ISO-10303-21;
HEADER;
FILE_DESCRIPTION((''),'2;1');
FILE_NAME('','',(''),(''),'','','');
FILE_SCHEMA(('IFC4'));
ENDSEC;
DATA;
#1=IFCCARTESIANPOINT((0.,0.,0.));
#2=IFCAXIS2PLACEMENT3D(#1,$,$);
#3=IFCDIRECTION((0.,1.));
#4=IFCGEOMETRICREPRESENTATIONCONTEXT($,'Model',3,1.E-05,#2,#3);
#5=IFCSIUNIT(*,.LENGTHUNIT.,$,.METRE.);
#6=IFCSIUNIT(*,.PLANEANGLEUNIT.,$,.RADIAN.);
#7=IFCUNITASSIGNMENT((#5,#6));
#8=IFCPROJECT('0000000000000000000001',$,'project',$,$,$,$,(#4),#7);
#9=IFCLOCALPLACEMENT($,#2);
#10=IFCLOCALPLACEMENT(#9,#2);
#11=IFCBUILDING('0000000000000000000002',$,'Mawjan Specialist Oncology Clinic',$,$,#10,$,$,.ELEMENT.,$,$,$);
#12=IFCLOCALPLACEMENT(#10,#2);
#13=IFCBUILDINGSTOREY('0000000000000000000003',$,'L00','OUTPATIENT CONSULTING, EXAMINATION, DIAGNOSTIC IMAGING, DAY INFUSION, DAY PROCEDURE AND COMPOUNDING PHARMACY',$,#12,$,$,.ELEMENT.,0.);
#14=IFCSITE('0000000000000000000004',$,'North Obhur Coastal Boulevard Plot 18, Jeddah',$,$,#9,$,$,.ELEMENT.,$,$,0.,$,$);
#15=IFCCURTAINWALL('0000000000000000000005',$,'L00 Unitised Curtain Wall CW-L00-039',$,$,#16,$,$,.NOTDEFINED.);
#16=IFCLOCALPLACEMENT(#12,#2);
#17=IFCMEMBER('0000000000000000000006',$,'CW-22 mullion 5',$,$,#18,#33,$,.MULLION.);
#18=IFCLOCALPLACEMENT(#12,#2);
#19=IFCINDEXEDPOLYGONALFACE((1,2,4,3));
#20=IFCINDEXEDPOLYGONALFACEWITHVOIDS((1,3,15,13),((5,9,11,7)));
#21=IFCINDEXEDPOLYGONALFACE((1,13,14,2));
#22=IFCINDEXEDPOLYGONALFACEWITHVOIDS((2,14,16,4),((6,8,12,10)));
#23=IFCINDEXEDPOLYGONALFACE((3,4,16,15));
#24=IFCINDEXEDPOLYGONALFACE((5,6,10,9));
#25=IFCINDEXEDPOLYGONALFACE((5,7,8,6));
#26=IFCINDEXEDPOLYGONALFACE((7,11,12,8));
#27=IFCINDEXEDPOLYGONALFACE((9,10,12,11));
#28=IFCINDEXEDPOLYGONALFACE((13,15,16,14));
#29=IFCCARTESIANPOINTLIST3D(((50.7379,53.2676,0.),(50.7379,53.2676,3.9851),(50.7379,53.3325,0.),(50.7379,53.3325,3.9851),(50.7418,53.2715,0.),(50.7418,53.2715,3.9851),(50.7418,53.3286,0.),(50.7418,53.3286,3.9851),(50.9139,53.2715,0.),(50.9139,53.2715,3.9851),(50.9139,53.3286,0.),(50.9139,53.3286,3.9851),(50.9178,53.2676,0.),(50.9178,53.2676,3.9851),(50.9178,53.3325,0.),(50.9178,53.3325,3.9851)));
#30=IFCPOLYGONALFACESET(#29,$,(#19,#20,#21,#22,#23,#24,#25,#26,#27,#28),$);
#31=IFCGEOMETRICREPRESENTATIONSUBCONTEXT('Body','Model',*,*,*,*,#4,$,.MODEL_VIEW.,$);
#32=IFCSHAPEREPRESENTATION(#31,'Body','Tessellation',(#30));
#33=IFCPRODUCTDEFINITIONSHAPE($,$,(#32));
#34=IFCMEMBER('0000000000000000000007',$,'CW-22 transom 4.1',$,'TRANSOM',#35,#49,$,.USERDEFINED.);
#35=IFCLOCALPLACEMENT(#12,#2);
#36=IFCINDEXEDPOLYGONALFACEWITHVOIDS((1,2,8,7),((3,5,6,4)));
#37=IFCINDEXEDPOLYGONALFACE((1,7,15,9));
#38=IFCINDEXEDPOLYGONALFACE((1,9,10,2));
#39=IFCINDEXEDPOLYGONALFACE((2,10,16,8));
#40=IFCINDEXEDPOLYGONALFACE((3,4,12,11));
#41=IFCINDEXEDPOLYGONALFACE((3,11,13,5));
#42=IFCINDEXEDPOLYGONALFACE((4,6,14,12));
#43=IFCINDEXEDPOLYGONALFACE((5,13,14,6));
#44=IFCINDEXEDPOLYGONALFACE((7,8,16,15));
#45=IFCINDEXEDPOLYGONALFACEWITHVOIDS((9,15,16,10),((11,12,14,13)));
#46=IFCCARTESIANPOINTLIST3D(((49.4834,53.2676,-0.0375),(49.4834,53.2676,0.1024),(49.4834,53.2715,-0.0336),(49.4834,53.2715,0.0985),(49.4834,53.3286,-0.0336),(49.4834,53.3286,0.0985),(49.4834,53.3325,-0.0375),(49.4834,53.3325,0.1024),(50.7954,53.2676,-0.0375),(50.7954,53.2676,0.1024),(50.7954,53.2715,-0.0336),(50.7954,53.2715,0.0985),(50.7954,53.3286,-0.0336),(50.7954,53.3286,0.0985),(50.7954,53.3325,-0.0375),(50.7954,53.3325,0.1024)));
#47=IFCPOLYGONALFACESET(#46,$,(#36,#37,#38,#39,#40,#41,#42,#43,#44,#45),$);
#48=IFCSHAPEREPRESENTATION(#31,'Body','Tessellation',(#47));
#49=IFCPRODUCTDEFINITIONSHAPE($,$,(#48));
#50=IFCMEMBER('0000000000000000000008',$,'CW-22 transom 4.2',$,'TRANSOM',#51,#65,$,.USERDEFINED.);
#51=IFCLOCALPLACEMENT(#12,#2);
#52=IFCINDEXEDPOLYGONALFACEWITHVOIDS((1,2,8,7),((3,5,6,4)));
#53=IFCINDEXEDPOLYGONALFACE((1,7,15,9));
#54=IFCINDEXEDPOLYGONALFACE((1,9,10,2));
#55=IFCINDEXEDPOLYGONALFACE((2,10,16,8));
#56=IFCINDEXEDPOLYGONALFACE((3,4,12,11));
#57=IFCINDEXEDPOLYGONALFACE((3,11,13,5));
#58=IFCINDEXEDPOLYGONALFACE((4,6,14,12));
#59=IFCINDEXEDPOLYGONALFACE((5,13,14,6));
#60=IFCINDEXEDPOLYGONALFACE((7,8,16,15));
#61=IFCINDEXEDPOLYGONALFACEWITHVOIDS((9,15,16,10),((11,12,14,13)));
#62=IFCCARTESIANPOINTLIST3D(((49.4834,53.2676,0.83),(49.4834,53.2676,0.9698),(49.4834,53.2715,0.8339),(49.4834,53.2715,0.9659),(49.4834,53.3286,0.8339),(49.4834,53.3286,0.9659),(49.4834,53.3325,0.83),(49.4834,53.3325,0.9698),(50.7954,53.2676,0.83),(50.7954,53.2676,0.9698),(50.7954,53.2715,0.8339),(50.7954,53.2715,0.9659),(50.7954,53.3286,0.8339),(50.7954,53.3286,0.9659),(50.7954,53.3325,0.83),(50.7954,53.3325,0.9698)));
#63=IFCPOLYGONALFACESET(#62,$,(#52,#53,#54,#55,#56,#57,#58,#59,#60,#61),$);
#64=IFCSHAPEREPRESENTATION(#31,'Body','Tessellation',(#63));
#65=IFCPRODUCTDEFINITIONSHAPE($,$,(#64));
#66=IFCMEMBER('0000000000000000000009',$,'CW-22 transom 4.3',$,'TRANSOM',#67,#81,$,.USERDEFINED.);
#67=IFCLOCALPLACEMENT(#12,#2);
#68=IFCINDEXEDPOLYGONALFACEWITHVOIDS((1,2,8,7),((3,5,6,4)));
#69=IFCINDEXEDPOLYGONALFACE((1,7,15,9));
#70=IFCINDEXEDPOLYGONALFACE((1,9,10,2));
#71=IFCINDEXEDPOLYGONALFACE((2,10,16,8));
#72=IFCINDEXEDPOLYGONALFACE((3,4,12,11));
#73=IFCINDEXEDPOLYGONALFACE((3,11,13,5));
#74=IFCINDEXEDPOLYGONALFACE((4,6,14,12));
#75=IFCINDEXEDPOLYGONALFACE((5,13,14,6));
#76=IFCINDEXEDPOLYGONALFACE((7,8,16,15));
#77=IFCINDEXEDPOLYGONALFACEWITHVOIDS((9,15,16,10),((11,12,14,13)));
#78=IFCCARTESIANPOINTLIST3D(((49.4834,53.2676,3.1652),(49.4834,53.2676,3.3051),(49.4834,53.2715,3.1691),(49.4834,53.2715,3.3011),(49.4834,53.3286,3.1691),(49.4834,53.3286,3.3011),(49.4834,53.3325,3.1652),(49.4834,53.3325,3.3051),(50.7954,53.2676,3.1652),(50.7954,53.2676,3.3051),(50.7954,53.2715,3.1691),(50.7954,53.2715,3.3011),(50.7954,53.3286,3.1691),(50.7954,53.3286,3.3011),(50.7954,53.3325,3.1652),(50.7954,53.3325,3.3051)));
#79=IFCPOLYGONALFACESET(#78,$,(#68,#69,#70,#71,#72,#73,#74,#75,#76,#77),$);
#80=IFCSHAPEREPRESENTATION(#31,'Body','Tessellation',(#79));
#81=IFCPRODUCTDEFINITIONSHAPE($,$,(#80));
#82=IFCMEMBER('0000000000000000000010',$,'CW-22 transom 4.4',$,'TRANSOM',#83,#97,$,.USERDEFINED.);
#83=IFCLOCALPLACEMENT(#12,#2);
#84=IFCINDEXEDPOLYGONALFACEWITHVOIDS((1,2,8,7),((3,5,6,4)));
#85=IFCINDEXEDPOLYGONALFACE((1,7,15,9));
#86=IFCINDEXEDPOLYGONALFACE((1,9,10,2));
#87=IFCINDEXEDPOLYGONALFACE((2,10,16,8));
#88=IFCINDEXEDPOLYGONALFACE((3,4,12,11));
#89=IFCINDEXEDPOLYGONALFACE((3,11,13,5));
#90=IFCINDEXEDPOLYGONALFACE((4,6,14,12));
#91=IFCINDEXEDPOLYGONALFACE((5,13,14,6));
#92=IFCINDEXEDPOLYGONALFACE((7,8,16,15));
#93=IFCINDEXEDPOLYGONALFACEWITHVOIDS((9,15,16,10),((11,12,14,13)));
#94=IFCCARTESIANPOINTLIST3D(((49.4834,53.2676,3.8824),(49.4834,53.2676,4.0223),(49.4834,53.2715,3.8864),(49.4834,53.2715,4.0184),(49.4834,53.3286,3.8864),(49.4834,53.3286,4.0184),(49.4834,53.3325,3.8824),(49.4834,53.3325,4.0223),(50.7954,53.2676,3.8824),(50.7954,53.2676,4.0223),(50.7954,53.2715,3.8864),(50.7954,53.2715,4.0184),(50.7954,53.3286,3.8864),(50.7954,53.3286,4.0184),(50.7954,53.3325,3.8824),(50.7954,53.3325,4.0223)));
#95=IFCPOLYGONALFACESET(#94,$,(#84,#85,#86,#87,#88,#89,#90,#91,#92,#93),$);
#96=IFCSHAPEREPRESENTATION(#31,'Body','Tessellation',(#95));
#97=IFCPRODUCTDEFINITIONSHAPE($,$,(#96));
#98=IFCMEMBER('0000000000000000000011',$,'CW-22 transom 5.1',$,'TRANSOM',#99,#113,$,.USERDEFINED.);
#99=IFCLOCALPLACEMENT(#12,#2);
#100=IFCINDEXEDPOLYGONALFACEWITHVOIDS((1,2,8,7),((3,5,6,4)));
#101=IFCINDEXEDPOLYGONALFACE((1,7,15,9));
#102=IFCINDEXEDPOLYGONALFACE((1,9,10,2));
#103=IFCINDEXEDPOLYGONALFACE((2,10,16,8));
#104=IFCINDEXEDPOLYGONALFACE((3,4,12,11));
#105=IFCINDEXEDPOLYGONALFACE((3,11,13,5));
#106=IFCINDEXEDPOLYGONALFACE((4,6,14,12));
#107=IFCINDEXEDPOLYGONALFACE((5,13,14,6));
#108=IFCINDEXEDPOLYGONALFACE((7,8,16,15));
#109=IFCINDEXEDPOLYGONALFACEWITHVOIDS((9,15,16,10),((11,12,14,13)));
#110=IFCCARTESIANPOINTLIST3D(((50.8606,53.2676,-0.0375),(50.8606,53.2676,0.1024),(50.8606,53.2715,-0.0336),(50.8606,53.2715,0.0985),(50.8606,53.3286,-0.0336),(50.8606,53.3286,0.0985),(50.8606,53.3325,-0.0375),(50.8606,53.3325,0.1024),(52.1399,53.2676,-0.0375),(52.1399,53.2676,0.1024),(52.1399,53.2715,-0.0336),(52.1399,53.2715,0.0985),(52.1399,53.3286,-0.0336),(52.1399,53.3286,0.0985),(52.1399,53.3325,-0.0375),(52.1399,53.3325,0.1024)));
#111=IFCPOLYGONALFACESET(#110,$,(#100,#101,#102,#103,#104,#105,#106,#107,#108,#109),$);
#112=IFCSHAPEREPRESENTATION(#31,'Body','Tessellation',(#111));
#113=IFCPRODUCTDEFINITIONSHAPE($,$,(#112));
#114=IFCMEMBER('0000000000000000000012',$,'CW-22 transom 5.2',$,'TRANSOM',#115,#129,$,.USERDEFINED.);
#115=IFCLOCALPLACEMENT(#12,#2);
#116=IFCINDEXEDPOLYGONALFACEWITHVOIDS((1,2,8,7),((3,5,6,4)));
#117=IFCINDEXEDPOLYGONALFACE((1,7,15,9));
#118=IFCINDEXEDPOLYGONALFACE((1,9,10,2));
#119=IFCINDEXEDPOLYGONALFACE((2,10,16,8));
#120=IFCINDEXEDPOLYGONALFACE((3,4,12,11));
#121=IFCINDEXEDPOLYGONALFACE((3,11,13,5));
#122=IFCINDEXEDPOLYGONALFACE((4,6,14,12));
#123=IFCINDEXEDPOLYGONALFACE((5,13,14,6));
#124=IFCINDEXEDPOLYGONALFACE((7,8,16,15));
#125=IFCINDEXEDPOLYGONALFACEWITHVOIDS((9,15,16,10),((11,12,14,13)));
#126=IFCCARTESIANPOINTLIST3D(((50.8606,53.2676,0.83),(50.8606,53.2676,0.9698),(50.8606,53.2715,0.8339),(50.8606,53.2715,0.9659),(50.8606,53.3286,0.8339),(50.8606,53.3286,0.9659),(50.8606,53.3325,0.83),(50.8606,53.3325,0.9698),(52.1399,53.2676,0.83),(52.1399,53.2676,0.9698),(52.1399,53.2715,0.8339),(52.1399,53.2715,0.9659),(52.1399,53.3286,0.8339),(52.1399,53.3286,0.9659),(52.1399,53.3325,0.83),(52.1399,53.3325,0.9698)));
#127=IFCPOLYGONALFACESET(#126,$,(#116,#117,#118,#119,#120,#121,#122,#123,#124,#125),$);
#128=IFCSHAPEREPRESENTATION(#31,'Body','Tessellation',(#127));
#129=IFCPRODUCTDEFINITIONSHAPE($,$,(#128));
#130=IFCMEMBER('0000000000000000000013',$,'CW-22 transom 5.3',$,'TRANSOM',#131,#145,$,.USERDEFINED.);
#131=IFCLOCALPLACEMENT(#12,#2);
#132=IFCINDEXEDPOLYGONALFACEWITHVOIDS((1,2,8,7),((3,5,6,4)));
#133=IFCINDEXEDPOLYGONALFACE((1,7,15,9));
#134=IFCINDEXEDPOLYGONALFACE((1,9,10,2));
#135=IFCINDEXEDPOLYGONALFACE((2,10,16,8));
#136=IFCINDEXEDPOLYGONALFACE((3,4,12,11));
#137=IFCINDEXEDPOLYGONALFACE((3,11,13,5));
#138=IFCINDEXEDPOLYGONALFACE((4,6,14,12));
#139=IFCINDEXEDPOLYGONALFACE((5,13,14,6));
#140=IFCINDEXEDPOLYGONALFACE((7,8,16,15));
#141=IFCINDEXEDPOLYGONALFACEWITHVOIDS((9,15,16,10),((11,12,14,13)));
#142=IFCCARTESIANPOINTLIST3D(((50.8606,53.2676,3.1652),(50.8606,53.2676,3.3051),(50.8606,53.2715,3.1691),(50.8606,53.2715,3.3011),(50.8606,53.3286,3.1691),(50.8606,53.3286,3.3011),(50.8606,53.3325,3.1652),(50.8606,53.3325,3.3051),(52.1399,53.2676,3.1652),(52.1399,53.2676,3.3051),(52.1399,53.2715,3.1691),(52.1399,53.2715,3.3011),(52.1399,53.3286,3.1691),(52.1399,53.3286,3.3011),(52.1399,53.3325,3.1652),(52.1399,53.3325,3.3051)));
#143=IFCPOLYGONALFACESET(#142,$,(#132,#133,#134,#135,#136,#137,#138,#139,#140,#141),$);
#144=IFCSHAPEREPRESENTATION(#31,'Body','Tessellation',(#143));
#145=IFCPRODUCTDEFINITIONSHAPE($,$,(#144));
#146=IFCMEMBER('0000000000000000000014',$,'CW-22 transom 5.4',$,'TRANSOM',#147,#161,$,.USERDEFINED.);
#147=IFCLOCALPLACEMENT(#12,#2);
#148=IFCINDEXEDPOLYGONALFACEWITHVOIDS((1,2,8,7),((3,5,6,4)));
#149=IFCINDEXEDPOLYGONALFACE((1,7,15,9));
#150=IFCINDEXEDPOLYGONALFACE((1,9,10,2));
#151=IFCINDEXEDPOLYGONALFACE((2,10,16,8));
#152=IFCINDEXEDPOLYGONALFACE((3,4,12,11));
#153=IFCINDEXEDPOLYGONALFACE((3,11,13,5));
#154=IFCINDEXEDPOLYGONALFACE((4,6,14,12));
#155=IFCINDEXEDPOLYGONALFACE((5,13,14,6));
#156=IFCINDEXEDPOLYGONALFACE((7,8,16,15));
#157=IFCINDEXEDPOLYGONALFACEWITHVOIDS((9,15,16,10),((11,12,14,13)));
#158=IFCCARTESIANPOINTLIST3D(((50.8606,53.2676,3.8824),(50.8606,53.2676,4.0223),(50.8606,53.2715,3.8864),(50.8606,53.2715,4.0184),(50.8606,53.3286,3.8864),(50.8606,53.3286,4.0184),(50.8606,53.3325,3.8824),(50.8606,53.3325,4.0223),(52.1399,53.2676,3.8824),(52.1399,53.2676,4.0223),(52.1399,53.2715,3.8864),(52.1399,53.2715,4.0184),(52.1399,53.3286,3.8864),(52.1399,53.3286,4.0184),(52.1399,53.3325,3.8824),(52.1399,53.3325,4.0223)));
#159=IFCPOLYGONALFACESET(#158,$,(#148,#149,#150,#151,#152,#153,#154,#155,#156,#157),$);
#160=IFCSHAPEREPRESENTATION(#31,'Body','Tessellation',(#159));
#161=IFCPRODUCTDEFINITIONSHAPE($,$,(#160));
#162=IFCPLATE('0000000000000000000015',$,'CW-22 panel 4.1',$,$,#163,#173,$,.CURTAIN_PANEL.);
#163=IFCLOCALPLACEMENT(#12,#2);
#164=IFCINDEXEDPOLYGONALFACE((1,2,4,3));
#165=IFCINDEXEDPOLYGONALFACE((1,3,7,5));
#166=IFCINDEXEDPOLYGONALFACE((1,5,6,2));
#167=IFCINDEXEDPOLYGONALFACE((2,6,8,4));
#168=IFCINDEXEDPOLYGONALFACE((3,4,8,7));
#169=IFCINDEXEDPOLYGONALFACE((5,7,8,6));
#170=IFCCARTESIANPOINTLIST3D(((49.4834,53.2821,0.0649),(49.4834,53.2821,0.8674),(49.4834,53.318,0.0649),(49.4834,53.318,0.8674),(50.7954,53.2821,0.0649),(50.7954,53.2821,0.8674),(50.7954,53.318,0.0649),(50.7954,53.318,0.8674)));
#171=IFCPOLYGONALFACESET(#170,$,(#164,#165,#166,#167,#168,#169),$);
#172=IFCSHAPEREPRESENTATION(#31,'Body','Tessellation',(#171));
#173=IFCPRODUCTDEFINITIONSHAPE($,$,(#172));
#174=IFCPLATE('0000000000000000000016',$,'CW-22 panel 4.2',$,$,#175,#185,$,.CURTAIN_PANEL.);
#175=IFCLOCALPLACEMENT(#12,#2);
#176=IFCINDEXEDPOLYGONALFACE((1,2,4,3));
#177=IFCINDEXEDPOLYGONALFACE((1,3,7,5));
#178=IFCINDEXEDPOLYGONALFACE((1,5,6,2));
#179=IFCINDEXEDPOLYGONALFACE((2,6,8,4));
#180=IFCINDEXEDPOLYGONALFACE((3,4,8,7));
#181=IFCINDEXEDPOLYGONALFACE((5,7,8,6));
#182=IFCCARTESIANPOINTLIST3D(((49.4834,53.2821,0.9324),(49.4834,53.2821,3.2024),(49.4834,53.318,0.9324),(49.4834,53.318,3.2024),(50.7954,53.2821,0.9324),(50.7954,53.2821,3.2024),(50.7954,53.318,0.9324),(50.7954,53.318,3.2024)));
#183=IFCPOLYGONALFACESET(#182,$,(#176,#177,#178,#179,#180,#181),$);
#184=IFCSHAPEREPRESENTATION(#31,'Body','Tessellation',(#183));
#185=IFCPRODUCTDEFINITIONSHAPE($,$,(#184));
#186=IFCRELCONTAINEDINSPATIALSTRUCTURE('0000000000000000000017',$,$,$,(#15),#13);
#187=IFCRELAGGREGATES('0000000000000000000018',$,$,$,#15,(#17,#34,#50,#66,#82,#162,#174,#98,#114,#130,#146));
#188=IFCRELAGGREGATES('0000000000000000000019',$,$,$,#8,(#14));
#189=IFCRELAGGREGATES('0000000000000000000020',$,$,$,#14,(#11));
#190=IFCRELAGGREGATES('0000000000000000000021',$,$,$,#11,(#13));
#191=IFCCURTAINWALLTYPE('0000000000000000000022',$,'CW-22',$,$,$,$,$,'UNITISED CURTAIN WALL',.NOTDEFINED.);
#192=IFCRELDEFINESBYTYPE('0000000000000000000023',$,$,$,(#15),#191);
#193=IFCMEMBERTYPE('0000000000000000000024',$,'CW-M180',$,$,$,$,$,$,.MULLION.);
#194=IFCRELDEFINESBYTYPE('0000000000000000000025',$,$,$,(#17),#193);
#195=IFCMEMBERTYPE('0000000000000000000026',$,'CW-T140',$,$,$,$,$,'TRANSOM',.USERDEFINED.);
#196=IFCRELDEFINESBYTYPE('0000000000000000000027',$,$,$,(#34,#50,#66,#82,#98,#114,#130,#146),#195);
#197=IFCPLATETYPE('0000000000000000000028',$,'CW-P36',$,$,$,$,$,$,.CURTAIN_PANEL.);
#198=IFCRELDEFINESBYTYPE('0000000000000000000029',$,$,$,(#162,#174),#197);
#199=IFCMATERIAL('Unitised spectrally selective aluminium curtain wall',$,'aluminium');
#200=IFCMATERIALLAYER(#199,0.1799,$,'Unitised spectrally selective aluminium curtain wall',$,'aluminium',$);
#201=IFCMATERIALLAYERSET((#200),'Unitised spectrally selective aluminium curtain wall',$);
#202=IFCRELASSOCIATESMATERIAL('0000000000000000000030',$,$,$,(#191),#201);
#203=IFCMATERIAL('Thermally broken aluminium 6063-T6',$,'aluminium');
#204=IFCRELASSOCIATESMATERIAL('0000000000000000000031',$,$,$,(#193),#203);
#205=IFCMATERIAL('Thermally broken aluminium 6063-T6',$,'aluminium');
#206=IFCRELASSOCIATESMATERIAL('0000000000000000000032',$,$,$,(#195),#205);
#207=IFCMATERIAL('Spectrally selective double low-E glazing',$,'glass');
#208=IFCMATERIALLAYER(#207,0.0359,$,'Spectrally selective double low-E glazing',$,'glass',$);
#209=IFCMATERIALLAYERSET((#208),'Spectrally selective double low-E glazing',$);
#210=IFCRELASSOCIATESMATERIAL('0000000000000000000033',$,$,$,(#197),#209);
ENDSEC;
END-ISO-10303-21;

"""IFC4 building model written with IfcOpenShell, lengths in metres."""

from ifc_helpers import new_model, si_unit, direction, frame, origin, origin_2d, place, context, subcontext, project, spatial, rectangle, hollow_rectangle, extrude, material, layer, layer_set, material_profile, profile_set, type_object, element, aggregate, save


model = new_model("IFC4")

# Units and contexts
model_context = context("Model", 3, precision=1e-05, world=origin(), true_north=direction((0.0, 1.0)))
body_context = subcontext(model_context, "Body", "Model", "MODEL_VIEW")
ifc_project = project(units=[si_unit("LENGTHUNIT", "METRE"), si_unit("PLANEANGLEUNIT", "RADIAN")], contexts=[model_context])

# Site, building, storey
site_placement = place(None, origin())
site = spatial("IfcSite", under=ifc_project, at=site_placement, Name="North Obhur Coastal Boulevard Plot 18, Jeddah", CompositionType="ELEMENT", RefElevation=0.0)
building_placement = place(site_placement, origin())
building = spatial("IfcBuilding", under=site, at=building_placement, Name="Mawjan Specialist Oncology Clinic", CompositionType="ELEMENT")
storey_placement = place(building_placement, origin())
storey = spatial("IfcBuildingStorey", under=building, at=storey_placement, Name="L00", Description="OUTPATIENT CONSULTING, EXAMINATION, DIAGNOSTIC IMAGING, DAY INFUSION, DAY PROCEDURE AND COMPOUNDING PHARMACY", CompositionType="ELEMENT", Elevation=0.0)

# Curtain wall, members, plates
ifc_material_1 = material(Name="Unitised spectrally selective aluminium curtain wall", Category="aluminium")
ifc_layer_1 = layer(ifc_material_1, 0.1799, Name="Unitised spectrally selective aluminium curtain wall", Category="aluminium")
ifc_layer_set_1 = layer_set([ifc_layer_1], Name="Unitised spectrally selective aluminium curtain wall")
curtain_wall_type = type_object("IfcCurtainWallType", Name="CW-22", ElementType="UNITISED CURTAIN WALL", PredefinedType="NOTDEFINED", material=ifc_layer_set_1)
curtain_wall_placement = place(storey_placement, origin())
curtain_wall = element("IfcCurtainWall", 1, at=curtain_wall_placement, inside=storey, type_object=curtain_wall_type, Name="L00 Unitised Curtain Wall CW-L00-039", PredefinedType="NOTDEFINED")
ifc_material_2 = material(Name="Thermally broken aluminium 6063-T6", Category="aluminium")
ifc_material_profile_1 = material_profile(ifc_material_2, hollow_rectangle(XDim=0.0649, YDim=0.1799, WallThickness=0.0039, at=origin_2d()), Name="ALU MULLION 180x65x4", Category="aluminium")
ifc_profile_set_1 = profile_set([ifc_material_profile_1], Name="Thermally broken aluminium 6063-T6")
member_type_1 = type_object("IfcMemberType", Name="CW-M180", PredefinedType="MULLION", material=ifc_profile_set_1)
member_1_placement = place(storey_placement, frame((50.8279, 53.3, 0.0), z_axis=(0.0, 0.0, 1.0), x_axis=(0.0, 1.0, 0.0)))
member_1 = element("IfcMember", 2, at=member_1_placement, type_object=member_type_1, Name="CW-22 mullion 5", PredefinedType="MULLION", context=body_context, shape_type="SweptSolid", body=[
    extrude(hollow_rectangle(XDim=0.0649, YDim=0.1799, WallThickness=0.0039, at=origin_2d()), origin(), (0.0, 0.0, 1.0), 3.9851),
])
ifc_material_3 = material(Name="Thermally broken aluminium 6063-T6", Category="aluminium")
ifc_material_profile_2 = material_profile(ifc_material_3, hollow_rectangle(XDim=0.0649, YDim=0.1399, WallThickness=0.0039, at=origin_2d()), Name="ALU TRANSOM 140x65x4", Category="aluminium")
ifc_profile_set_2 = profile_set([ifc_material_profile_2], Name="Thermally broken aluminium 6063-T6")
member_type_2 = type_object("IfcMemberType", Name="CW-T140", ElementType="TRANSOM", PredefinedType="USERDEFINED", material=ifc_profile_set_2)
member_2_placement = place(storey_placement, frame((49.4834, 53.3, 0.0325), z_axis=(1.0, 0.0, 0.0), x_axis=(0.0, 1.0, 0.0)))
member_2 = element("IfcMember", 3, at=member_2_placement, type_object=member_type_2, Name="CW-22 transom 4.1", ObjectType="TRANSOM", PredefinedType="USERDEFINED", context=body_context, shape_type="SweptSolid", body=[
    extrude(hollow_rectangle(XDim=0.0649, YDim=0.1399, WallThickness=0.0039, at=origin_2d()), origin(), (0.0, 0.0, 1.0), 1.312),
])
member_3_placement = place(storey_placement, frame((49.4834, 53.3, 0.8999), z_axis=(1.0, 0.0, 0.0), x_axis=(0.0, 1.0, 0.0)))
member_3 = element("IfcMember", 4, at=member_3_placement, type_object=member_type_2, Name="CW-22 transom 4.2", ObjectType="TRANSOM", PredefinedType="USERDEFINED", context=body_context, shape_type="SweptSolid", body=[
    extrude(hollow_rectangle(XDim=0.0649, YDim=0.1399, WallThickness=0.0039, at=origin_2d()), origin(), (0.0, 0.0, 1.0), 1.312),
])
member_4_placement = place(storey_placement, frame((49.4834, 53.3, 3.2351), z_axis=(1.0, 0.0, 0.0), x_axis=(0.0, 1.0, 0.0)))
member_4 = element("IfcMember", 5, at=member_4_placement, type_object=member_type_2, Name="CW-22 transom 4.3", ObjectType="TRANSOM", PredefinedType="USERDEFINED", context=body_context, shape_type="SweptSolid", body=[
    extrude(hollow_rectangle(XDim=0.0649, YDim=0.1399, WallThickness=0.0039, at=origin_2d()), origin(), (0.0, 0.0, 1.0), 1.312),
])
member_5_placement = place(storey_placement, frame((49.4834, 53.3, 3.9524), z_axis=(1.0, 0.0, 0.0), x_axis=(0.0, 1.0, 0.0)))
member_5 = element("IfcMember", 6, at=member_5_placement, type_object=member_type_2, Name="CW-22 transom 4.4", ObjectType="TRANSOM", PredefinedType="USERDEFINED", context=body_context, shape_type="SweptSolid", body=[
    extrude(hollow_rectangle(XDim=0.0649, YDim=0.1399, WallThickness=0.0039, at=origin_2d()), origin(), (0.0, 0.0, 1.0), 1.312),
])
member_6_placement = place(storey_placement, frame((50.8606, 53.3, 0.0325), z_axis=(1.0, 0.0, 0.0), x_axis=(0.0, 1.0, 0.0)))
member_6 = element("IfcMember", 7, at=member_6_placement, type_object=member_type_2, Name="CW-22 transom 5.1", ObjectType="TRANSOM", PredefinedType="USERDEFINED", context=body_context, shape_type="SweptSolid", body=[
    extrude(hollow_rectangle(XDim=0.0649, YDim=0.1399, WallThickness=0.0039, at=origin_2d()), origin(), (0.0, 0.0, 1.0), 1.2793),
])
member_7_placement = place(storey_placement, frame((50.8606, 53.3, 0.8999), z_axis=(1.0, 0.0, 0.0), x_axis=(0.0, 1.0, 0.0)))
member_7 = element("IfcMember", 8, at=member_7_placement, type_object=member_type_2, Name="CW-22 transom 5.2", ObjectType="TRANSOM", PredefinedType="USERDEFINED", context=body_context, shape_type="SweptSolid", body=[
    extrude(hollow_rectangle(XDim=0.0649, YDim=0.1399, WallThickness=0.0039, at=origin_2d()), origin(), (0.0, 0.0, 1.0), 1.2793),
])
member_8_placement = place(storey_placement, frame((50.8606, 53.3, 3.2351), z_axis=(1.0, 0.0, 0.0), x_axis=(0.0, 1.0, 0.0)))
member_8 = element("IfcMember", 9, at=member_8_placement, type_object=member_type_2, Name="CW-22 transom 5.3", ObjectType="TRANSOM", PredefinedType="USERDEFINED", context=body_context, shape_type="SweptSolid", body=[
    extrude(hollow_rectangle(XDim=0.0649, YDim=0.1399, WallThickness=0.0039, at=origin_2d()), origin(), (0.0, 0.0, 1.0), 1.2793),
])
member_9_placement = place(storey_placement, frame((50.8606, 53.3, 3.9524), z_axis=(1.0, 0.0, 0.0), x_axis=(0.0, 1.0, 0.0)))
member_9 = element("IfcMember", 10, at=member_9_placement, type_object=member_type_2, Name="CW-22 transom 5.4", ObjectType="TRANSOM", PredefinedType="USERDEFINED", context=body_context, shape_type="SweptSolid", body=[
    extrude(hollow_rectangle(XDim=0.0649, YDim=0.1399, WallThickness=0.0039, at=origin_2d()), origin(), (0.0, 0.0, 1.0), 1.2793),
])
ifc_material_4 = material(Name="Spectrally selective double low-E glazing", Category="glass")
ifc_layer_2 = layer(ifc_material_4, 0.0359, Name="Spectrally selective double low-E glazing", Category="glass")
ifc_layer_set_2 = layer_set([ifc_layer_2], Name="Spectrally selective double low-E glazing")
plate_type = type_object("IfcPlateType", Name="CW-P36", PredefinedType="CURTAIN_PANEL", material=ifc_layer_set_2)
plate_1_placement = place(storey_placement, frame((50.1394, 53.3, 0.0649), z_axis=(0.0, 0.0, 1.0), x_axis=(1.0, 0.0, 0.0)))
plate_1 = element("IfcPlate", 11, at=plate_1_placement, type_object=plate_type, Name="CW-22 panel 4.1", PredefinedType="CURTAIN_PANEL", context=body_context, shape_type="SweptSolid", body=[
    extrude(rectangle(XDim=1.312, YDim=0.0359, at=origin_2d()), origin(), (0.0, 0.0, 1.0), 0.8025),
])
plate_2_placement = place(storey_placement, frame((50.1394, 53.3, 0.9324), z_axis=(0.0, 0.0, 1.0), x_axis=(1.0, 0.0, 0.0)))
plate_2 = element("IfcPlate", 12, at=plate_2_placement, type_object=plate_type, Name="CW-22 panel 4.2", PredefinedType="CURTAIN_PANEL", context=body_context, shape_type="SweptSolid", body=[
    extrude(rectangle(XDim=1.312, YDim=0.0359, at=origin_2d()), origin(), (0.0, 0.0, 1.0), 2.27),
])
aggregate(curtain_wall, [member_1, member_2, member_3, member_4, member_5, plate_1, plate_2, member_6, member_7, member_8, member_9])

save(model, "model.ifc")
